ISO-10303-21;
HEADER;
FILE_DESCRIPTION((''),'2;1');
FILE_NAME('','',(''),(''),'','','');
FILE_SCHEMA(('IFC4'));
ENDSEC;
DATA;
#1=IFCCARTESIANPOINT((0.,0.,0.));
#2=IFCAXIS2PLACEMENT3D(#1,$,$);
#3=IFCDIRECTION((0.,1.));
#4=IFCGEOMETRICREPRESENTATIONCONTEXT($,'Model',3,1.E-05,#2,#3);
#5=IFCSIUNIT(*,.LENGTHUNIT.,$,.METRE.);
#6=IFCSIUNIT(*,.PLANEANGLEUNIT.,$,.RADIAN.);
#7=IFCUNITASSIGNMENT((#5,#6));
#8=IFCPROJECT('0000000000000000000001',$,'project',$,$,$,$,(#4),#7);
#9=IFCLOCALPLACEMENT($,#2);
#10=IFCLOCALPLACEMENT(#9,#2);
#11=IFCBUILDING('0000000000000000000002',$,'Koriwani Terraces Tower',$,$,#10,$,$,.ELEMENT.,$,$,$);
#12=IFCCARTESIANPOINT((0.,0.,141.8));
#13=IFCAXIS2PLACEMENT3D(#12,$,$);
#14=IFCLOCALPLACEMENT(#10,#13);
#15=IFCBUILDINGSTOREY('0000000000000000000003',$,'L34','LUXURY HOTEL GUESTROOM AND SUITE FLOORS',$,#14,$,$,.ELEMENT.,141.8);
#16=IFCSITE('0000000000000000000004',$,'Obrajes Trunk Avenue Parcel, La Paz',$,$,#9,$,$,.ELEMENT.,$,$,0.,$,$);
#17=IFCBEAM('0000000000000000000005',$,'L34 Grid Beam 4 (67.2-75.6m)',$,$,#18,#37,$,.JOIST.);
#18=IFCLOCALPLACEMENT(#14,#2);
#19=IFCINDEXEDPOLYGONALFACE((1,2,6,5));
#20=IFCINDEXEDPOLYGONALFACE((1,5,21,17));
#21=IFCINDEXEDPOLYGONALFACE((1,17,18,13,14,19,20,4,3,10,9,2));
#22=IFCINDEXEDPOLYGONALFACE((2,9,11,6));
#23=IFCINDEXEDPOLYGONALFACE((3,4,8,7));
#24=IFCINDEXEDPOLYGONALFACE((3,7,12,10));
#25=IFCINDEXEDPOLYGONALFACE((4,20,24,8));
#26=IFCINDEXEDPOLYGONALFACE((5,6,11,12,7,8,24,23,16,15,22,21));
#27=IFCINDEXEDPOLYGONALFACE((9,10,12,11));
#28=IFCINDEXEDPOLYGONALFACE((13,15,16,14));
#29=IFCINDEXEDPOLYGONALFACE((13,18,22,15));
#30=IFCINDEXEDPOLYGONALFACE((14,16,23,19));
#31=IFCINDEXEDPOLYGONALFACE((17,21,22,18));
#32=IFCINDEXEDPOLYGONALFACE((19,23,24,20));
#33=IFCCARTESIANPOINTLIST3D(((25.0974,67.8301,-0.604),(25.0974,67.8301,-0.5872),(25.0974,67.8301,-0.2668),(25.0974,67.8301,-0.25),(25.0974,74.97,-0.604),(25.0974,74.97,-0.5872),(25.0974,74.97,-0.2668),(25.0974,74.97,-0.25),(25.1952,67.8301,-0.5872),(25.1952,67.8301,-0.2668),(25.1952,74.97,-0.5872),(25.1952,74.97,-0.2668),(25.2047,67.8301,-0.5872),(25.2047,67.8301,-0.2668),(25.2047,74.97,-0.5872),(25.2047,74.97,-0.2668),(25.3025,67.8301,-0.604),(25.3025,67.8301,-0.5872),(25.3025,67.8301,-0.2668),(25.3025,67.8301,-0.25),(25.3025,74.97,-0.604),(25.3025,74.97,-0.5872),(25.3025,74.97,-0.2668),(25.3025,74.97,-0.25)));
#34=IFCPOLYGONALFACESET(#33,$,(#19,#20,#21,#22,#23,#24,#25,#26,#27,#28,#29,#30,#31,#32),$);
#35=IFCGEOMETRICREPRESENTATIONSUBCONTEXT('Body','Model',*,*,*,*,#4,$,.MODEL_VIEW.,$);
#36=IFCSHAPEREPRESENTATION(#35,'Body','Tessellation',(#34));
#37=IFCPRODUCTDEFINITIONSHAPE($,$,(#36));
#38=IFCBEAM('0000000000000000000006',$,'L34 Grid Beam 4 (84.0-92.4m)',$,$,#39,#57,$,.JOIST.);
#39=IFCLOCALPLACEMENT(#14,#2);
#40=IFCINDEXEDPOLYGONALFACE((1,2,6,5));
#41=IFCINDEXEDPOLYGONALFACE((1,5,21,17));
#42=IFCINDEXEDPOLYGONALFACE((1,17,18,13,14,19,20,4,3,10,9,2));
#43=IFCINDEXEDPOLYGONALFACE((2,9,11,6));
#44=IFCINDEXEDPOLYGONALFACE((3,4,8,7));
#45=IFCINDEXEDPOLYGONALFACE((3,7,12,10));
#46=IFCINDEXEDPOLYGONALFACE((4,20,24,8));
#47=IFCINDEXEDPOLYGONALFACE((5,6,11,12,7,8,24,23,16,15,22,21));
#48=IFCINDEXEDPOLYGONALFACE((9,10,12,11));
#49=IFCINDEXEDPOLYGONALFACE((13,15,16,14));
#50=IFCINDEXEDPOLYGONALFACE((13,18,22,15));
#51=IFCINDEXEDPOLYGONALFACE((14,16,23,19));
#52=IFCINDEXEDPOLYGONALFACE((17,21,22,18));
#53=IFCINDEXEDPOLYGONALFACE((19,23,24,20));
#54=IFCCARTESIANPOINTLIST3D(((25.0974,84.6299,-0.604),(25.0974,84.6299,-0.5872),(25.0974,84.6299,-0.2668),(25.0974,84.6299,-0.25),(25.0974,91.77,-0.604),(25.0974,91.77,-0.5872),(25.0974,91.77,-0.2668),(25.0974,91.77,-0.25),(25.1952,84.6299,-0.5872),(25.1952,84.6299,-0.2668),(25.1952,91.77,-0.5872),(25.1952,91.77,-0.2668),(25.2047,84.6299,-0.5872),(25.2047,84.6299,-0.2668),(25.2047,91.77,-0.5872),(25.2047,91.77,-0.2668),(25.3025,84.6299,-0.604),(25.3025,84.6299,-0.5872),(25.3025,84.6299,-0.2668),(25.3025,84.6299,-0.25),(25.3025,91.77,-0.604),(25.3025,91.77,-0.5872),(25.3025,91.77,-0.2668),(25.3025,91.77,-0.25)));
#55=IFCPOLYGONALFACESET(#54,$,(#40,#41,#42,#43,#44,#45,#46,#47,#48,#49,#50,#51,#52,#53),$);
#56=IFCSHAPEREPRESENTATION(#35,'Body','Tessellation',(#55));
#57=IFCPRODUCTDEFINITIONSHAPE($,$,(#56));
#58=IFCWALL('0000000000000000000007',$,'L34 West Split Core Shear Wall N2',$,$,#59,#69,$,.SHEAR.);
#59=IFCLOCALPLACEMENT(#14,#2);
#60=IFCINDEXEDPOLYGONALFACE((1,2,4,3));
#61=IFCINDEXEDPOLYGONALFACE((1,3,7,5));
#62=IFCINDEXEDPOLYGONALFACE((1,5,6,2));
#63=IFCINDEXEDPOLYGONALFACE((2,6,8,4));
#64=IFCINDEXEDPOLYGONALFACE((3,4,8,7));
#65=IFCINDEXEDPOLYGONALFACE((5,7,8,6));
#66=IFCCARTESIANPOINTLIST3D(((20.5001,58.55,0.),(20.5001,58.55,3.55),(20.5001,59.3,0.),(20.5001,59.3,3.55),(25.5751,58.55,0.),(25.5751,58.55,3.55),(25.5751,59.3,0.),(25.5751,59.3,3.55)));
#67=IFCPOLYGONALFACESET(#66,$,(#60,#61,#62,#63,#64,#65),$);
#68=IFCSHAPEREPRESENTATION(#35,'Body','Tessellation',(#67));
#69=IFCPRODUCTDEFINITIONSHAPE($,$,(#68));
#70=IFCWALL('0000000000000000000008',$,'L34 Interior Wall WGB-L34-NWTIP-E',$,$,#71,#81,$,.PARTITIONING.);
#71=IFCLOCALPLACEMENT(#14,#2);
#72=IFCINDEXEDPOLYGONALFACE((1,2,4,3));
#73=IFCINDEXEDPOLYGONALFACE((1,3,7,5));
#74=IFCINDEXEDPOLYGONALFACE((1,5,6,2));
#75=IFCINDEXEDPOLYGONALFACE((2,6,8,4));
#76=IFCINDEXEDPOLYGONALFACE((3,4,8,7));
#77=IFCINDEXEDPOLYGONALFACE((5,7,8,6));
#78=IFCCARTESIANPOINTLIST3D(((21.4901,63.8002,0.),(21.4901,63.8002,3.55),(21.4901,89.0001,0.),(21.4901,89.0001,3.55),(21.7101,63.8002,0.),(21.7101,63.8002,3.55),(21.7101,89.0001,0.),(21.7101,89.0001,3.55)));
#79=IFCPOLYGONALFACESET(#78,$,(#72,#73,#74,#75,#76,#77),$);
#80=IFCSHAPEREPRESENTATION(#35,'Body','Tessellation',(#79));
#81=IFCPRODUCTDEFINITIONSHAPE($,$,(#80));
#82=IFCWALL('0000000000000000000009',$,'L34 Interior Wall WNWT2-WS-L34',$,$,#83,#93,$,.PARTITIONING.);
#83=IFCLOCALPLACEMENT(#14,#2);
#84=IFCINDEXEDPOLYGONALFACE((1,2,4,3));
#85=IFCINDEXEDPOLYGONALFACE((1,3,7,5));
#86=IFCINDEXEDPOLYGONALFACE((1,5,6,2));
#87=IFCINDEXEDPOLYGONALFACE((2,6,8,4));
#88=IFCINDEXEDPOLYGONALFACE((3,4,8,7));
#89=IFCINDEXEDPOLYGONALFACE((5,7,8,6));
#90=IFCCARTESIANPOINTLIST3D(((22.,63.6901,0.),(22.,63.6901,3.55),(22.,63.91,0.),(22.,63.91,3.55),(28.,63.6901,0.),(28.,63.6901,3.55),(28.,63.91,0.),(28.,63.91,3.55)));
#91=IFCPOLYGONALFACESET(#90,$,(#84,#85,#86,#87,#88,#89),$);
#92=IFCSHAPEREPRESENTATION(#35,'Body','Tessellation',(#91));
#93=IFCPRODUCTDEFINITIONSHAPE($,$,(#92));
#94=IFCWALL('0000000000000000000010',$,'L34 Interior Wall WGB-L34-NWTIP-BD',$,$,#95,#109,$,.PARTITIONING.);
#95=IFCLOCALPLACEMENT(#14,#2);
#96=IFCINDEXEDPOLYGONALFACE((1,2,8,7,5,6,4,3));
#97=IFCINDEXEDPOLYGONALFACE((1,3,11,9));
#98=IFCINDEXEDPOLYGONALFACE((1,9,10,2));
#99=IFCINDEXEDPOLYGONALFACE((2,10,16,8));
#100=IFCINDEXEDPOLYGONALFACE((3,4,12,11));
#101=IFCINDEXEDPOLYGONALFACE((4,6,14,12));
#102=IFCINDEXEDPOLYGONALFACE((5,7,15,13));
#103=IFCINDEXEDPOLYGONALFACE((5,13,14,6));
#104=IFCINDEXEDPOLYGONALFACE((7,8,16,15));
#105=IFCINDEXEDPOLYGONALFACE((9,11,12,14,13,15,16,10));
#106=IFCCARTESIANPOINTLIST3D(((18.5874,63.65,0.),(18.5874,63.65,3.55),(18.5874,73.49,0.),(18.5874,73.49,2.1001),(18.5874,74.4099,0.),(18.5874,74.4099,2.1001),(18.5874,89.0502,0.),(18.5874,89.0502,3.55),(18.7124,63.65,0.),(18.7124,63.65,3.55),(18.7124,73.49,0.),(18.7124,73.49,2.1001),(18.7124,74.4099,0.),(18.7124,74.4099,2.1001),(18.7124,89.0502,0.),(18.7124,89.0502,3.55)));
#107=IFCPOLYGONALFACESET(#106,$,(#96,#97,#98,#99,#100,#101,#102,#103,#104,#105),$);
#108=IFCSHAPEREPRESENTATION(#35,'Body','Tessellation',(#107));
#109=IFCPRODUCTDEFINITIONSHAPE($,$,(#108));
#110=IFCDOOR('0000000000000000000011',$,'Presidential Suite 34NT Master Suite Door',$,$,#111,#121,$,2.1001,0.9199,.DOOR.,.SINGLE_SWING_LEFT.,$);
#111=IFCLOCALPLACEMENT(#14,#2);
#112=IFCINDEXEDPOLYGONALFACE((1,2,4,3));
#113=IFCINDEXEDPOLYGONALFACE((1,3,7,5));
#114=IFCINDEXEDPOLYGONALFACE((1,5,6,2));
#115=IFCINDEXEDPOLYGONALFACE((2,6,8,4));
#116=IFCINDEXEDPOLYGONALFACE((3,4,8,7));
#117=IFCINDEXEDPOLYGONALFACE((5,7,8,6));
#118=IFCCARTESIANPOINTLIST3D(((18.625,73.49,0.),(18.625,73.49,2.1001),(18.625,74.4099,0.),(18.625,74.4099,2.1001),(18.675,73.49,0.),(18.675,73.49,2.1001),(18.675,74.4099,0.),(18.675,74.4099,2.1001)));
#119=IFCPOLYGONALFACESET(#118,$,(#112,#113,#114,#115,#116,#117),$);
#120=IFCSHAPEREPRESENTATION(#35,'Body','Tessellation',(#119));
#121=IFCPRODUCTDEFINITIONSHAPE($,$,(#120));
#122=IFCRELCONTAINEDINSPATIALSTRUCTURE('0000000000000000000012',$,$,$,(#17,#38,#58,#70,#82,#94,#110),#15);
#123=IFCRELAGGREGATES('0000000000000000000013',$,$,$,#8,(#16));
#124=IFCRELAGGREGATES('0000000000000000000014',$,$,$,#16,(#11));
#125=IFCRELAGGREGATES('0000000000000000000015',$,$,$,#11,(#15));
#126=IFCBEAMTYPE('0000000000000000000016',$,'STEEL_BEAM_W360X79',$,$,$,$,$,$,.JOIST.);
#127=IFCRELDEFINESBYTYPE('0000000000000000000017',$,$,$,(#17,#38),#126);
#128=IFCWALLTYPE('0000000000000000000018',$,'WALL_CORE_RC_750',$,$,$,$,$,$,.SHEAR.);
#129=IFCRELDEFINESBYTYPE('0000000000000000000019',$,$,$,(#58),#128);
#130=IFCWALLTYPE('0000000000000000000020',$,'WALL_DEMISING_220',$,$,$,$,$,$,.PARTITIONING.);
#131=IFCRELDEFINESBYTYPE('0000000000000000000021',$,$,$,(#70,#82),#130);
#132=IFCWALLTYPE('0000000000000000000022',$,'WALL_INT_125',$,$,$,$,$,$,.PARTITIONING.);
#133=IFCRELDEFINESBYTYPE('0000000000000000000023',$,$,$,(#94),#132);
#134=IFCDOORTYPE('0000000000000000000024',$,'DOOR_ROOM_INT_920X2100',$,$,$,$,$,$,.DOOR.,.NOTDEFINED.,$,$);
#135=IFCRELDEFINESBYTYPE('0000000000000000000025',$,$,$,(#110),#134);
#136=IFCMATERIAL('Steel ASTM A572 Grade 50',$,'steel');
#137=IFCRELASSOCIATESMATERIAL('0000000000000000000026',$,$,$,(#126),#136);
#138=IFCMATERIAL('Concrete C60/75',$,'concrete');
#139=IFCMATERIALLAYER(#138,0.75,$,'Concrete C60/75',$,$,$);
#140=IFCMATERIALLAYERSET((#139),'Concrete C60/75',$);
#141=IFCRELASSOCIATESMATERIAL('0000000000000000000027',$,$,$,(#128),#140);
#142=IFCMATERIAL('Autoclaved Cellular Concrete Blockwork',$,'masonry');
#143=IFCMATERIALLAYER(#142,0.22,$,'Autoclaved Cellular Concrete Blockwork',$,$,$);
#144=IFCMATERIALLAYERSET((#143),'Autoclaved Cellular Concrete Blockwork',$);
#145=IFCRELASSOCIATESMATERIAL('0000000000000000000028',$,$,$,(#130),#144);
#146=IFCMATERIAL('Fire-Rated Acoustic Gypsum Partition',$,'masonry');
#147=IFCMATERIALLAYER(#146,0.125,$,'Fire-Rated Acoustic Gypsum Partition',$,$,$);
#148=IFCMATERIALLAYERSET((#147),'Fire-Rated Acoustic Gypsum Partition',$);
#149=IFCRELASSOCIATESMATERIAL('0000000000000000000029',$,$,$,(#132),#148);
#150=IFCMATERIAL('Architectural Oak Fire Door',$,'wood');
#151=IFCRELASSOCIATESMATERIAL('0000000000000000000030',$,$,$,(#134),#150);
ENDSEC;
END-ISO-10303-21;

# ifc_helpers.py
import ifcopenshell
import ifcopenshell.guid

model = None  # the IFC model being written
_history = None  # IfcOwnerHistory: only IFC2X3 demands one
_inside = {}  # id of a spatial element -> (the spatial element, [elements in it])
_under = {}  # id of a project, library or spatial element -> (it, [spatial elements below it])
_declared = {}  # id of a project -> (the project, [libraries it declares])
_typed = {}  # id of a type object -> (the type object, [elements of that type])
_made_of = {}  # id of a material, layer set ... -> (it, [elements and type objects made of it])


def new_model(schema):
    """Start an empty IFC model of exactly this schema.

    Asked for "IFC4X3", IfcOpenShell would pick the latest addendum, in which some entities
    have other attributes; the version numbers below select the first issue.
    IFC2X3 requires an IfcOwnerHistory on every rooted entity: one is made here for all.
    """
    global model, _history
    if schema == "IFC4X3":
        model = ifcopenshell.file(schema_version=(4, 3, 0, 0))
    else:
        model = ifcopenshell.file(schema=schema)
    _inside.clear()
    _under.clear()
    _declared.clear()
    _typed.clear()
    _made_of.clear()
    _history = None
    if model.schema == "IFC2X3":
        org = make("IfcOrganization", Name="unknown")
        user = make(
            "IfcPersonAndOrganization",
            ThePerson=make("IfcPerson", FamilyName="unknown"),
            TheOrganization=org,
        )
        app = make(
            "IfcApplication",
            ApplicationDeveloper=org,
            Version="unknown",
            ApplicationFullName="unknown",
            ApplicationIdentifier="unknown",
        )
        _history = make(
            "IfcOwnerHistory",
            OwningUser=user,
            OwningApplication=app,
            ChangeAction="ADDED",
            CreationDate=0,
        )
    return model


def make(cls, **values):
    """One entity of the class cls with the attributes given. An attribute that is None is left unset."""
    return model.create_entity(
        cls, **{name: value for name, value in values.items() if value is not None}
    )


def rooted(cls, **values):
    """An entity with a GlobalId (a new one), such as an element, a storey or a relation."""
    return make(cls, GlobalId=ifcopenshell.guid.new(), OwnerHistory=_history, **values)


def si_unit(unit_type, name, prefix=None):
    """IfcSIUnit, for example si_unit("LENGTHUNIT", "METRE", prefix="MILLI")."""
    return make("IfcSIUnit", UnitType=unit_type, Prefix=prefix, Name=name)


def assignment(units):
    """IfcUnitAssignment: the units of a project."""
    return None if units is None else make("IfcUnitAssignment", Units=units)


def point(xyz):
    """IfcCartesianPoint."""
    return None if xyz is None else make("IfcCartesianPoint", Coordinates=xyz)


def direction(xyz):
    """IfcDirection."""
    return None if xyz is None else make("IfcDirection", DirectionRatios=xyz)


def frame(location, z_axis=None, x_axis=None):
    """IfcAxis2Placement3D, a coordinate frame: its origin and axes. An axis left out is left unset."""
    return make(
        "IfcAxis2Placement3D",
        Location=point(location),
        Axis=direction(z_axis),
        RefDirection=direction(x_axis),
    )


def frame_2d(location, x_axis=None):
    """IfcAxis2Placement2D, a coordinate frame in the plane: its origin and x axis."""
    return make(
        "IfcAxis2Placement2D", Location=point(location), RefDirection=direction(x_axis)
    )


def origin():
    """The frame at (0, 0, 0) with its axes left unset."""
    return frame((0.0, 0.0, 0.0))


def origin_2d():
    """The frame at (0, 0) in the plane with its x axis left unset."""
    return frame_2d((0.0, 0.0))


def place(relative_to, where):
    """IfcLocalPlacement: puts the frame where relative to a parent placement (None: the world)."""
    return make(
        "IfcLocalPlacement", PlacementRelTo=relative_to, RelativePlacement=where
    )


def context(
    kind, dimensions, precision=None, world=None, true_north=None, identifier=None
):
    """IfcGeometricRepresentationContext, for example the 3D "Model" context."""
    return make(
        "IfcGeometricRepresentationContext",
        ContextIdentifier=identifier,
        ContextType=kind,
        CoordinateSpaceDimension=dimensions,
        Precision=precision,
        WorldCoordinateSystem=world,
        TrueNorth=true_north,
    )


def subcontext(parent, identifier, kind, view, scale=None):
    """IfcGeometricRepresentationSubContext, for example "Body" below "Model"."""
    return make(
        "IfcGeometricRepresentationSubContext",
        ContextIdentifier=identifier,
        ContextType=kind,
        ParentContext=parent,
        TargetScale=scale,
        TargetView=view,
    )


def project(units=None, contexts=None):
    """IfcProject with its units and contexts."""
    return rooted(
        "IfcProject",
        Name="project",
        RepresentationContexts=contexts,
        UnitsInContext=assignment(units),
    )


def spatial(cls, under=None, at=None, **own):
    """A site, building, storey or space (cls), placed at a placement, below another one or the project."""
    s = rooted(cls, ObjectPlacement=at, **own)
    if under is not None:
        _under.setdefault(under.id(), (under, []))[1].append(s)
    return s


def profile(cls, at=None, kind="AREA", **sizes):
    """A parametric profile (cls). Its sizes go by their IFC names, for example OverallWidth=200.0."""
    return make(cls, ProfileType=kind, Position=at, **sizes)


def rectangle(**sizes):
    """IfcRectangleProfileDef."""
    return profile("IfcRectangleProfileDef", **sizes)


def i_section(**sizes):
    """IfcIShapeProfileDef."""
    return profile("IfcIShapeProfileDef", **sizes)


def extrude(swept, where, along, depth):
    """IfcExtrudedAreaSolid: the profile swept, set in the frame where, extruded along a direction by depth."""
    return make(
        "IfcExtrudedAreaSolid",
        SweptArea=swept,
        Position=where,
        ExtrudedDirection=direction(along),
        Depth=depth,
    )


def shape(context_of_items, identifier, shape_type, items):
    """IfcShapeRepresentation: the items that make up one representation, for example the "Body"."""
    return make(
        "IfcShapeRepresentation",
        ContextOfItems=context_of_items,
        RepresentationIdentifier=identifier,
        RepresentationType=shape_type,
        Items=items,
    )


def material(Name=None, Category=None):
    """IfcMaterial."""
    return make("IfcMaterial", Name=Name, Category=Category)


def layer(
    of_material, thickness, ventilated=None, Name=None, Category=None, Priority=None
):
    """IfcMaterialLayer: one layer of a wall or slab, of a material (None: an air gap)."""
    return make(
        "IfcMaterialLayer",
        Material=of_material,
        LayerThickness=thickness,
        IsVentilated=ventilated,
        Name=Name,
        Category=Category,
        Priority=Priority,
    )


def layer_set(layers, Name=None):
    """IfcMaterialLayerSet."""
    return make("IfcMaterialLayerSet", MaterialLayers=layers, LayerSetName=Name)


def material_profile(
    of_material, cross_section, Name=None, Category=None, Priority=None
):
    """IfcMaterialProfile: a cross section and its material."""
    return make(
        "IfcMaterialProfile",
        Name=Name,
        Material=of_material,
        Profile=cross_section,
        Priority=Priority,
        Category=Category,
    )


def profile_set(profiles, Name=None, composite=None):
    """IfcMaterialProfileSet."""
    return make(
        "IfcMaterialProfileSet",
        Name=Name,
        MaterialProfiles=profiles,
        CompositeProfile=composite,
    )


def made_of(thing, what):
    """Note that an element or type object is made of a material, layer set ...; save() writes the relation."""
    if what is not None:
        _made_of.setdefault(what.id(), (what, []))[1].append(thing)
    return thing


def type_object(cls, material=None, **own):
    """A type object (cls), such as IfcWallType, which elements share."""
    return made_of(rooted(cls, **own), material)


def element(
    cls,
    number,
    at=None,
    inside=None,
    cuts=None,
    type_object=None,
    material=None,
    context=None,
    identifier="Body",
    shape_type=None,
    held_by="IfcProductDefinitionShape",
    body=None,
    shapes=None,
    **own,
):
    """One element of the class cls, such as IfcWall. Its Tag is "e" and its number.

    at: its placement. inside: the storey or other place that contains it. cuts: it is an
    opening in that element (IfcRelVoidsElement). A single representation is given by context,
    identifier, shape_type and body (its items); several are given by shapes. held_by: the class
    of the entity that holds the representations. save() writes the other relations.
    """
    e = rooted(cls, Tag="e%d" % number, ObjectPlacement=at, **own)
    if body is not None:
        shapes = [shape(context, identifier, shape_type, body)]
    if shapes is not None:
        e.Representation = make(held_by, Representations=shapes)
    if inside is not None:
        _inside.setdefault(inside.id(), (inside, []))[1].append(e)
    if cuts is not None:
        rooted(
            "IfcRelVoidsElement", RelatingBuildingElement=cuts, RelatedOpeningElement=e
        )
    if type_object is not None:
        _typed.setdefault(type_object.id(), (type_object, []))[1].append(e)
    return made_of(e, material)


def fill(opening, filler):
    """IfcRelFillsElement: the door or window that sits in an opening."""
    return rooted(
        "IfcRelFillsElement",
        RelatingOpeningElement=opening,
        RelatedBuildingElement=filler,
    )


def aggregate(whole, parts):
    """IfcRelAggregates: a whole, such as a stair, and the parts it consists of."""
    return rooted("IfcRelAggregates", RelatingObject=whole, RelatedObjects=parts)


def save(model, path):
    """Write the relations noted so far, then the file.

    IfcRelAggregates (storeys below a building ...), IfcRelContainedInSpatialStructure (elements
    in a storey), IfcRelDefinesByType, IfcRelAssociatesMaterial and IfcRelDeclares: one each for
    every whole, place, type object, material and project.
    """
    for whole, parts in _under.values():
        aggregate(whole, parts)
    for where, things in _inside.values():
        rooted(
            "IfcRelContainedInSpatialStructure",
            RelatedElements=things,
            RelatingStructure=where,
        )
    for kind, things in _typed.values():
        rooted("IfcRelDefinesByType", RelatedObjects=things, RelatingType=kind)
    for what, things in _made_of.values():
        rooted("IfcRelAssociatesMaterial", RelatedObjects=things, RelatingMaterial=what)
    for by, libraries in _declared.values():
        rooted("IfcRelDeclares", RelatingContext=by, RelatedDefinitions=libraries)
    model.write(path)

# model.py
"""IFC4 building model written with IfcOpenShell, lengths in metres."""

from ifc_helpers import new_model, si_unit, direction, frame, frame_2d, origin, origin_2d, place, context, subcontext, project, spatial, rectangle, i_section, extrude, material, layer, layer_set, material_profile, profile_set, type_object, element, fill, save


model = new_model("IFC4")

# Units and contexts
model_context = context("Model", 3, precision=1e-05, world=origin(), true_north=direction((0.0, 1.0)))
body_context = subcontext(model_context, "Body", "Model", "MODEL_VIEW")
ifc_project = project(units=[si_unit("LENGTHUNIT", "METRE"), si_unit("PLANEANGLEUNIT", "RADIAN")], contexts=[model_context])

# Site, building, storey
site_placement = place(None, origin())
site = spatial("IfcSite", under=ifc_project, at=site_placement, Name="Obrajes Trunk Avenue Parcel, La Paz", CompositionType="ELEMENT", RefElevation=0.0)
building_placement = place(site_placement, origin())
building = spatial("IfcBuilding", under=site, at=building_placement, Name="Koriwani Terraces Tower", CompositionType="ELEMENT")
storey_placement = place(building_placement, frame((0.0, 0.0, 141.8)))
storey = spatial("IfcBuildingStorey", under=building, at=storey_placement, Name="L34", Description="LUXURY HOTEL GUESTROOM AND SUITE FLOORS", CompositionType="ELEMENT", Elevation=141.8)

# Shared definitions
ifc_material_1 = material(Name="Concrete C60/75", Category="concrete")

# Beams
ifc_material_2 = material(Name="Steel ASTM A572 Grade 50", Category="steel")
ifc_material_profile_1 = material_profile(ifc_material_2, i_section(OverallWidth=0.2051, OverallDepth=0.354, WebThickness=0.0095, FlangeThickness=0.0168, at=origin_2d()), Name="Steel ASTM A572 Grade 50", Category="LoadBearing")
ifc_profile_set_1 = profile_set([ifc_material_profile_1], Name="Steel ASTM A572 Grade 50")
beam_type_1 = type_object("IfcBeamType", Name="STEEL_BEAM_W360X79", PredefinedType="JOIST", material=ifc_profile_set_1)
for number, where, z_axis, x_axis, name in (
    (1, (25.2, 67.8301, -0.427), (0.0, 1.0, 0.0), (-1.0, 0.0, 0.0), "L34 Grid Beam 4 (67.2-75.6m)"),
):
    element("IfcBeam", number, at=place(storey_placement, frame(where, z_axis=z_axis, x_axis=x_axis)), inside=storey, type_object=beam_type_1, Name=name, PredefinedType="JOIST", context=body_context, shape_type="SweptSolid", body=[
        extrude(i_section(OverallWidth=0.2051, OverallDepth=0.354, WebThickness=0.0095, FlangeThickness=0.0168, at=origin_2d()), origin(), (0.0, 0.0, 1.0), 7.1399),
    ])
beam_1_placement = place(storey_placement, frame((25.2, 84.6299, -0.427), z_axis=(0.0, 1.0, 0.0), x_axis=(-1.0, 0.0, 0.0)))
element("IfcBeam", 2, at=beam_1_placement, inside=storey, type_object=beam_type_1, Name="L34 Grid Beam 4 (84.0-92.4m)", PredefinedType="JOIST", context=body_context, shape_type="SweptSolid", body=[
    extrude(i_section(OverallWidth=0.2051, OverallDepth=0.354, WebThickness=0.0095, FlangeThickness=0.0168, at=origin_2d()), origin(), (0.0, 0.0, 1.0), 7.1401),
])

# Walls
ifc_layer_1 = layer(ifc_material_1, 0.75, Name="Concrete C60/75")
ifc_layer_set_1 = layer_set([ifc_layer_1], Name="Concrete C60/75")
wall_type_1 = type_object("IfcWallType", Name="WALL_CORE_RC_750", PredefinedType="SHEAR", material=ifc_layer_set_1)
wall_1_placement = place(storey_placement, frame((20.5, 58.925, 0.0), z_axis=(0.0, 0.0, 1.0), x_axis=(1.0, 0.0, 0.0)))
element("IfcWall", 3, at=wall_1_placement, inside=storey, type_object=wall_type_1, Name="L34 West Split Core Shear Wall N2", PredefinedType="SHEAR", context=body_context, shape_type="SweptSolid", body=[
    extrude(rectangle(XDim=5.075, YDim=0.75, at=frame_2d((2.5376, 0.0))), origin(), (0.0, 0.0, 1.0), 3.55),
])
ifc_material_3 = material(Name="Autoclaved Cellular Concrete Blockwork", Category="masonry")
ifc_layer_2 = layer(ifc_material_3, 0.22, Name="Autoclaved Cellular Concrete Blockwork")
ifc_layer_set_2 = layer_set([ifc_layer_2], Name="Autoclaved Cellular Concrete Blockwork")
wall_type_2 = type_object("IfcWallType", Name="WALL_DEMISING_220", PredefinedType="PARTITIONING", material=ifc_layer_set_2)
wall_2_placement = place(storey_placement, frame((21.6001, 63.8, 0.0), z_axis=(0.0, 0.0, 1.0), x_axis=(0.0, 1.0, 0.0)))
element("IfcWall", 4, at=wall_2_placement, inside=storey, type_object=wall_type_2, Name="L34 Interior Wall WGB-L34-NWTIP-E", PredefinedType="PARTITIONING", context=body_context, shape_type="SweptSolid", body=[
    extrude(rectangle(XDim=25.2, YDim=0.22, at=frame_2d((12.6001, 0.0))), origin(), (0.0, 0.0, 1.0), 3.55),
])
wall_3_placement = place(storey_placement, frame((22.0, 63.8, 0.0), z_axis=(0.0, 0.0, 1.0), x_axis=(1.0, 0.0, 0.0)))
element("IfcWall", 5, at=wall_3_placement, inside=storey, type_object=wall_type_2, Name="L34 Interior Wall WNWT2-WS-L34", PredefinedType="PARTITIONING", context=body_context, shape_type="SweptSolid", body=[
    extrude(rectangle(XDim=6.0, YDim=0.22, at=frame_2d((3.0, 0.0))), origin(), (0.0, 0.0, 1.0), 3.55),
])

# Wall, opening, door
ifc_material_4 = material(Name="Fire-Rated Acoustic Gypsum Partition", Category="masonry")
ifc_layer_3 = layer(ifc_material_4, 0.125, Name="Fire-Rated Acoustic Gypsum Partition")
ifc_layer_set_3 = layer_set([ifc_layer_3], Name="Fire-Rated Acoustic Gypsum Partition")
wall_type_3 = type_object("IfcWallType", Name="WALL_INT_125", PredefinedType="PARTITIONING", material=ifc_layer_set_3)
wall_4_placement = place(storey_placement, frame((18.6499, 63.6499, 0.0), z_axis=(0.0, 0.0, 1.0), x_axis=(0.0, 1.0, 0.0)))
wall_4 = element("IfcWall", 6, at=wall_4_placement, inside=storey, type_object=wall_type_3, Name="L34 Interior Wall WGB-L34-NWTIP-BD", PredefinedType="PARTITIONING", context=body_context, shape_type="SweptSolid", body=[
    extrude(rectangle(XDim=25.4001, YDim=0.125, at=frame_2d((12.7002, 0.0))), origin(), (0.0, 0.0, 1.0), 3.55),
])
opening_1_placement = place(wall_4_placement, frame((9.8401, 0.0, 0.0)))
opening_1 = element("IfcOpeningElement", 7, at=opening_1_placement, cuts=wall_4, PredefinedType="OPENING", context=body_context, shape_type="SweptSolid", body=[
    extrude(rectangle(XDim=0.9199, YDim=2.1001, at=frame_2d((0.46, 1.05))), frame((0.0, 0.0725, 0.0), z_axis=(0.0, -1.0, 0.0), x_axis=(1.0, 0.0, 0.0)), (0.0, 0.0, 1.0), 0.145),
])
ifc_material_5 = material(Name="Architectural Oak Fire Door", Category="wood")
door_type_1 = type_object("IfcDoorType", Name="DOOR_ROOM_INT_920X2100", OperationType="NOTDEFINED", PredefinedType="DOOR", material=ifc_material_5)
door_1_placement = place(opening_1_placement, origin())
door_1 = element("IfcDoor", 8, at=door_1_placement, inside=storey, type_object=door_type_1, Name="Presidential Suite 34NT Master Suite Door", OperationType="SINGLE_SWING_LEFT", OverallHeight=2.1001, OverallWidth=0.9199, PredefinedType="DOOR", context=body_context, shape_type="SweptSolid", body=[
    extrude(rectangle(XDim=0.9199, YDim=2.1001, at=frame_2d((0.46, 1.05))), frame((0.0, 0.0249, 0.0), z_axis=(0.0, -1.0, 0.0), x_axis=(1.0, 0.0, 0.0)), (0.0, 0.0, 1.0), 0.05),
])
fill(opening_1, door_1)

save(model, "model.ifc")
